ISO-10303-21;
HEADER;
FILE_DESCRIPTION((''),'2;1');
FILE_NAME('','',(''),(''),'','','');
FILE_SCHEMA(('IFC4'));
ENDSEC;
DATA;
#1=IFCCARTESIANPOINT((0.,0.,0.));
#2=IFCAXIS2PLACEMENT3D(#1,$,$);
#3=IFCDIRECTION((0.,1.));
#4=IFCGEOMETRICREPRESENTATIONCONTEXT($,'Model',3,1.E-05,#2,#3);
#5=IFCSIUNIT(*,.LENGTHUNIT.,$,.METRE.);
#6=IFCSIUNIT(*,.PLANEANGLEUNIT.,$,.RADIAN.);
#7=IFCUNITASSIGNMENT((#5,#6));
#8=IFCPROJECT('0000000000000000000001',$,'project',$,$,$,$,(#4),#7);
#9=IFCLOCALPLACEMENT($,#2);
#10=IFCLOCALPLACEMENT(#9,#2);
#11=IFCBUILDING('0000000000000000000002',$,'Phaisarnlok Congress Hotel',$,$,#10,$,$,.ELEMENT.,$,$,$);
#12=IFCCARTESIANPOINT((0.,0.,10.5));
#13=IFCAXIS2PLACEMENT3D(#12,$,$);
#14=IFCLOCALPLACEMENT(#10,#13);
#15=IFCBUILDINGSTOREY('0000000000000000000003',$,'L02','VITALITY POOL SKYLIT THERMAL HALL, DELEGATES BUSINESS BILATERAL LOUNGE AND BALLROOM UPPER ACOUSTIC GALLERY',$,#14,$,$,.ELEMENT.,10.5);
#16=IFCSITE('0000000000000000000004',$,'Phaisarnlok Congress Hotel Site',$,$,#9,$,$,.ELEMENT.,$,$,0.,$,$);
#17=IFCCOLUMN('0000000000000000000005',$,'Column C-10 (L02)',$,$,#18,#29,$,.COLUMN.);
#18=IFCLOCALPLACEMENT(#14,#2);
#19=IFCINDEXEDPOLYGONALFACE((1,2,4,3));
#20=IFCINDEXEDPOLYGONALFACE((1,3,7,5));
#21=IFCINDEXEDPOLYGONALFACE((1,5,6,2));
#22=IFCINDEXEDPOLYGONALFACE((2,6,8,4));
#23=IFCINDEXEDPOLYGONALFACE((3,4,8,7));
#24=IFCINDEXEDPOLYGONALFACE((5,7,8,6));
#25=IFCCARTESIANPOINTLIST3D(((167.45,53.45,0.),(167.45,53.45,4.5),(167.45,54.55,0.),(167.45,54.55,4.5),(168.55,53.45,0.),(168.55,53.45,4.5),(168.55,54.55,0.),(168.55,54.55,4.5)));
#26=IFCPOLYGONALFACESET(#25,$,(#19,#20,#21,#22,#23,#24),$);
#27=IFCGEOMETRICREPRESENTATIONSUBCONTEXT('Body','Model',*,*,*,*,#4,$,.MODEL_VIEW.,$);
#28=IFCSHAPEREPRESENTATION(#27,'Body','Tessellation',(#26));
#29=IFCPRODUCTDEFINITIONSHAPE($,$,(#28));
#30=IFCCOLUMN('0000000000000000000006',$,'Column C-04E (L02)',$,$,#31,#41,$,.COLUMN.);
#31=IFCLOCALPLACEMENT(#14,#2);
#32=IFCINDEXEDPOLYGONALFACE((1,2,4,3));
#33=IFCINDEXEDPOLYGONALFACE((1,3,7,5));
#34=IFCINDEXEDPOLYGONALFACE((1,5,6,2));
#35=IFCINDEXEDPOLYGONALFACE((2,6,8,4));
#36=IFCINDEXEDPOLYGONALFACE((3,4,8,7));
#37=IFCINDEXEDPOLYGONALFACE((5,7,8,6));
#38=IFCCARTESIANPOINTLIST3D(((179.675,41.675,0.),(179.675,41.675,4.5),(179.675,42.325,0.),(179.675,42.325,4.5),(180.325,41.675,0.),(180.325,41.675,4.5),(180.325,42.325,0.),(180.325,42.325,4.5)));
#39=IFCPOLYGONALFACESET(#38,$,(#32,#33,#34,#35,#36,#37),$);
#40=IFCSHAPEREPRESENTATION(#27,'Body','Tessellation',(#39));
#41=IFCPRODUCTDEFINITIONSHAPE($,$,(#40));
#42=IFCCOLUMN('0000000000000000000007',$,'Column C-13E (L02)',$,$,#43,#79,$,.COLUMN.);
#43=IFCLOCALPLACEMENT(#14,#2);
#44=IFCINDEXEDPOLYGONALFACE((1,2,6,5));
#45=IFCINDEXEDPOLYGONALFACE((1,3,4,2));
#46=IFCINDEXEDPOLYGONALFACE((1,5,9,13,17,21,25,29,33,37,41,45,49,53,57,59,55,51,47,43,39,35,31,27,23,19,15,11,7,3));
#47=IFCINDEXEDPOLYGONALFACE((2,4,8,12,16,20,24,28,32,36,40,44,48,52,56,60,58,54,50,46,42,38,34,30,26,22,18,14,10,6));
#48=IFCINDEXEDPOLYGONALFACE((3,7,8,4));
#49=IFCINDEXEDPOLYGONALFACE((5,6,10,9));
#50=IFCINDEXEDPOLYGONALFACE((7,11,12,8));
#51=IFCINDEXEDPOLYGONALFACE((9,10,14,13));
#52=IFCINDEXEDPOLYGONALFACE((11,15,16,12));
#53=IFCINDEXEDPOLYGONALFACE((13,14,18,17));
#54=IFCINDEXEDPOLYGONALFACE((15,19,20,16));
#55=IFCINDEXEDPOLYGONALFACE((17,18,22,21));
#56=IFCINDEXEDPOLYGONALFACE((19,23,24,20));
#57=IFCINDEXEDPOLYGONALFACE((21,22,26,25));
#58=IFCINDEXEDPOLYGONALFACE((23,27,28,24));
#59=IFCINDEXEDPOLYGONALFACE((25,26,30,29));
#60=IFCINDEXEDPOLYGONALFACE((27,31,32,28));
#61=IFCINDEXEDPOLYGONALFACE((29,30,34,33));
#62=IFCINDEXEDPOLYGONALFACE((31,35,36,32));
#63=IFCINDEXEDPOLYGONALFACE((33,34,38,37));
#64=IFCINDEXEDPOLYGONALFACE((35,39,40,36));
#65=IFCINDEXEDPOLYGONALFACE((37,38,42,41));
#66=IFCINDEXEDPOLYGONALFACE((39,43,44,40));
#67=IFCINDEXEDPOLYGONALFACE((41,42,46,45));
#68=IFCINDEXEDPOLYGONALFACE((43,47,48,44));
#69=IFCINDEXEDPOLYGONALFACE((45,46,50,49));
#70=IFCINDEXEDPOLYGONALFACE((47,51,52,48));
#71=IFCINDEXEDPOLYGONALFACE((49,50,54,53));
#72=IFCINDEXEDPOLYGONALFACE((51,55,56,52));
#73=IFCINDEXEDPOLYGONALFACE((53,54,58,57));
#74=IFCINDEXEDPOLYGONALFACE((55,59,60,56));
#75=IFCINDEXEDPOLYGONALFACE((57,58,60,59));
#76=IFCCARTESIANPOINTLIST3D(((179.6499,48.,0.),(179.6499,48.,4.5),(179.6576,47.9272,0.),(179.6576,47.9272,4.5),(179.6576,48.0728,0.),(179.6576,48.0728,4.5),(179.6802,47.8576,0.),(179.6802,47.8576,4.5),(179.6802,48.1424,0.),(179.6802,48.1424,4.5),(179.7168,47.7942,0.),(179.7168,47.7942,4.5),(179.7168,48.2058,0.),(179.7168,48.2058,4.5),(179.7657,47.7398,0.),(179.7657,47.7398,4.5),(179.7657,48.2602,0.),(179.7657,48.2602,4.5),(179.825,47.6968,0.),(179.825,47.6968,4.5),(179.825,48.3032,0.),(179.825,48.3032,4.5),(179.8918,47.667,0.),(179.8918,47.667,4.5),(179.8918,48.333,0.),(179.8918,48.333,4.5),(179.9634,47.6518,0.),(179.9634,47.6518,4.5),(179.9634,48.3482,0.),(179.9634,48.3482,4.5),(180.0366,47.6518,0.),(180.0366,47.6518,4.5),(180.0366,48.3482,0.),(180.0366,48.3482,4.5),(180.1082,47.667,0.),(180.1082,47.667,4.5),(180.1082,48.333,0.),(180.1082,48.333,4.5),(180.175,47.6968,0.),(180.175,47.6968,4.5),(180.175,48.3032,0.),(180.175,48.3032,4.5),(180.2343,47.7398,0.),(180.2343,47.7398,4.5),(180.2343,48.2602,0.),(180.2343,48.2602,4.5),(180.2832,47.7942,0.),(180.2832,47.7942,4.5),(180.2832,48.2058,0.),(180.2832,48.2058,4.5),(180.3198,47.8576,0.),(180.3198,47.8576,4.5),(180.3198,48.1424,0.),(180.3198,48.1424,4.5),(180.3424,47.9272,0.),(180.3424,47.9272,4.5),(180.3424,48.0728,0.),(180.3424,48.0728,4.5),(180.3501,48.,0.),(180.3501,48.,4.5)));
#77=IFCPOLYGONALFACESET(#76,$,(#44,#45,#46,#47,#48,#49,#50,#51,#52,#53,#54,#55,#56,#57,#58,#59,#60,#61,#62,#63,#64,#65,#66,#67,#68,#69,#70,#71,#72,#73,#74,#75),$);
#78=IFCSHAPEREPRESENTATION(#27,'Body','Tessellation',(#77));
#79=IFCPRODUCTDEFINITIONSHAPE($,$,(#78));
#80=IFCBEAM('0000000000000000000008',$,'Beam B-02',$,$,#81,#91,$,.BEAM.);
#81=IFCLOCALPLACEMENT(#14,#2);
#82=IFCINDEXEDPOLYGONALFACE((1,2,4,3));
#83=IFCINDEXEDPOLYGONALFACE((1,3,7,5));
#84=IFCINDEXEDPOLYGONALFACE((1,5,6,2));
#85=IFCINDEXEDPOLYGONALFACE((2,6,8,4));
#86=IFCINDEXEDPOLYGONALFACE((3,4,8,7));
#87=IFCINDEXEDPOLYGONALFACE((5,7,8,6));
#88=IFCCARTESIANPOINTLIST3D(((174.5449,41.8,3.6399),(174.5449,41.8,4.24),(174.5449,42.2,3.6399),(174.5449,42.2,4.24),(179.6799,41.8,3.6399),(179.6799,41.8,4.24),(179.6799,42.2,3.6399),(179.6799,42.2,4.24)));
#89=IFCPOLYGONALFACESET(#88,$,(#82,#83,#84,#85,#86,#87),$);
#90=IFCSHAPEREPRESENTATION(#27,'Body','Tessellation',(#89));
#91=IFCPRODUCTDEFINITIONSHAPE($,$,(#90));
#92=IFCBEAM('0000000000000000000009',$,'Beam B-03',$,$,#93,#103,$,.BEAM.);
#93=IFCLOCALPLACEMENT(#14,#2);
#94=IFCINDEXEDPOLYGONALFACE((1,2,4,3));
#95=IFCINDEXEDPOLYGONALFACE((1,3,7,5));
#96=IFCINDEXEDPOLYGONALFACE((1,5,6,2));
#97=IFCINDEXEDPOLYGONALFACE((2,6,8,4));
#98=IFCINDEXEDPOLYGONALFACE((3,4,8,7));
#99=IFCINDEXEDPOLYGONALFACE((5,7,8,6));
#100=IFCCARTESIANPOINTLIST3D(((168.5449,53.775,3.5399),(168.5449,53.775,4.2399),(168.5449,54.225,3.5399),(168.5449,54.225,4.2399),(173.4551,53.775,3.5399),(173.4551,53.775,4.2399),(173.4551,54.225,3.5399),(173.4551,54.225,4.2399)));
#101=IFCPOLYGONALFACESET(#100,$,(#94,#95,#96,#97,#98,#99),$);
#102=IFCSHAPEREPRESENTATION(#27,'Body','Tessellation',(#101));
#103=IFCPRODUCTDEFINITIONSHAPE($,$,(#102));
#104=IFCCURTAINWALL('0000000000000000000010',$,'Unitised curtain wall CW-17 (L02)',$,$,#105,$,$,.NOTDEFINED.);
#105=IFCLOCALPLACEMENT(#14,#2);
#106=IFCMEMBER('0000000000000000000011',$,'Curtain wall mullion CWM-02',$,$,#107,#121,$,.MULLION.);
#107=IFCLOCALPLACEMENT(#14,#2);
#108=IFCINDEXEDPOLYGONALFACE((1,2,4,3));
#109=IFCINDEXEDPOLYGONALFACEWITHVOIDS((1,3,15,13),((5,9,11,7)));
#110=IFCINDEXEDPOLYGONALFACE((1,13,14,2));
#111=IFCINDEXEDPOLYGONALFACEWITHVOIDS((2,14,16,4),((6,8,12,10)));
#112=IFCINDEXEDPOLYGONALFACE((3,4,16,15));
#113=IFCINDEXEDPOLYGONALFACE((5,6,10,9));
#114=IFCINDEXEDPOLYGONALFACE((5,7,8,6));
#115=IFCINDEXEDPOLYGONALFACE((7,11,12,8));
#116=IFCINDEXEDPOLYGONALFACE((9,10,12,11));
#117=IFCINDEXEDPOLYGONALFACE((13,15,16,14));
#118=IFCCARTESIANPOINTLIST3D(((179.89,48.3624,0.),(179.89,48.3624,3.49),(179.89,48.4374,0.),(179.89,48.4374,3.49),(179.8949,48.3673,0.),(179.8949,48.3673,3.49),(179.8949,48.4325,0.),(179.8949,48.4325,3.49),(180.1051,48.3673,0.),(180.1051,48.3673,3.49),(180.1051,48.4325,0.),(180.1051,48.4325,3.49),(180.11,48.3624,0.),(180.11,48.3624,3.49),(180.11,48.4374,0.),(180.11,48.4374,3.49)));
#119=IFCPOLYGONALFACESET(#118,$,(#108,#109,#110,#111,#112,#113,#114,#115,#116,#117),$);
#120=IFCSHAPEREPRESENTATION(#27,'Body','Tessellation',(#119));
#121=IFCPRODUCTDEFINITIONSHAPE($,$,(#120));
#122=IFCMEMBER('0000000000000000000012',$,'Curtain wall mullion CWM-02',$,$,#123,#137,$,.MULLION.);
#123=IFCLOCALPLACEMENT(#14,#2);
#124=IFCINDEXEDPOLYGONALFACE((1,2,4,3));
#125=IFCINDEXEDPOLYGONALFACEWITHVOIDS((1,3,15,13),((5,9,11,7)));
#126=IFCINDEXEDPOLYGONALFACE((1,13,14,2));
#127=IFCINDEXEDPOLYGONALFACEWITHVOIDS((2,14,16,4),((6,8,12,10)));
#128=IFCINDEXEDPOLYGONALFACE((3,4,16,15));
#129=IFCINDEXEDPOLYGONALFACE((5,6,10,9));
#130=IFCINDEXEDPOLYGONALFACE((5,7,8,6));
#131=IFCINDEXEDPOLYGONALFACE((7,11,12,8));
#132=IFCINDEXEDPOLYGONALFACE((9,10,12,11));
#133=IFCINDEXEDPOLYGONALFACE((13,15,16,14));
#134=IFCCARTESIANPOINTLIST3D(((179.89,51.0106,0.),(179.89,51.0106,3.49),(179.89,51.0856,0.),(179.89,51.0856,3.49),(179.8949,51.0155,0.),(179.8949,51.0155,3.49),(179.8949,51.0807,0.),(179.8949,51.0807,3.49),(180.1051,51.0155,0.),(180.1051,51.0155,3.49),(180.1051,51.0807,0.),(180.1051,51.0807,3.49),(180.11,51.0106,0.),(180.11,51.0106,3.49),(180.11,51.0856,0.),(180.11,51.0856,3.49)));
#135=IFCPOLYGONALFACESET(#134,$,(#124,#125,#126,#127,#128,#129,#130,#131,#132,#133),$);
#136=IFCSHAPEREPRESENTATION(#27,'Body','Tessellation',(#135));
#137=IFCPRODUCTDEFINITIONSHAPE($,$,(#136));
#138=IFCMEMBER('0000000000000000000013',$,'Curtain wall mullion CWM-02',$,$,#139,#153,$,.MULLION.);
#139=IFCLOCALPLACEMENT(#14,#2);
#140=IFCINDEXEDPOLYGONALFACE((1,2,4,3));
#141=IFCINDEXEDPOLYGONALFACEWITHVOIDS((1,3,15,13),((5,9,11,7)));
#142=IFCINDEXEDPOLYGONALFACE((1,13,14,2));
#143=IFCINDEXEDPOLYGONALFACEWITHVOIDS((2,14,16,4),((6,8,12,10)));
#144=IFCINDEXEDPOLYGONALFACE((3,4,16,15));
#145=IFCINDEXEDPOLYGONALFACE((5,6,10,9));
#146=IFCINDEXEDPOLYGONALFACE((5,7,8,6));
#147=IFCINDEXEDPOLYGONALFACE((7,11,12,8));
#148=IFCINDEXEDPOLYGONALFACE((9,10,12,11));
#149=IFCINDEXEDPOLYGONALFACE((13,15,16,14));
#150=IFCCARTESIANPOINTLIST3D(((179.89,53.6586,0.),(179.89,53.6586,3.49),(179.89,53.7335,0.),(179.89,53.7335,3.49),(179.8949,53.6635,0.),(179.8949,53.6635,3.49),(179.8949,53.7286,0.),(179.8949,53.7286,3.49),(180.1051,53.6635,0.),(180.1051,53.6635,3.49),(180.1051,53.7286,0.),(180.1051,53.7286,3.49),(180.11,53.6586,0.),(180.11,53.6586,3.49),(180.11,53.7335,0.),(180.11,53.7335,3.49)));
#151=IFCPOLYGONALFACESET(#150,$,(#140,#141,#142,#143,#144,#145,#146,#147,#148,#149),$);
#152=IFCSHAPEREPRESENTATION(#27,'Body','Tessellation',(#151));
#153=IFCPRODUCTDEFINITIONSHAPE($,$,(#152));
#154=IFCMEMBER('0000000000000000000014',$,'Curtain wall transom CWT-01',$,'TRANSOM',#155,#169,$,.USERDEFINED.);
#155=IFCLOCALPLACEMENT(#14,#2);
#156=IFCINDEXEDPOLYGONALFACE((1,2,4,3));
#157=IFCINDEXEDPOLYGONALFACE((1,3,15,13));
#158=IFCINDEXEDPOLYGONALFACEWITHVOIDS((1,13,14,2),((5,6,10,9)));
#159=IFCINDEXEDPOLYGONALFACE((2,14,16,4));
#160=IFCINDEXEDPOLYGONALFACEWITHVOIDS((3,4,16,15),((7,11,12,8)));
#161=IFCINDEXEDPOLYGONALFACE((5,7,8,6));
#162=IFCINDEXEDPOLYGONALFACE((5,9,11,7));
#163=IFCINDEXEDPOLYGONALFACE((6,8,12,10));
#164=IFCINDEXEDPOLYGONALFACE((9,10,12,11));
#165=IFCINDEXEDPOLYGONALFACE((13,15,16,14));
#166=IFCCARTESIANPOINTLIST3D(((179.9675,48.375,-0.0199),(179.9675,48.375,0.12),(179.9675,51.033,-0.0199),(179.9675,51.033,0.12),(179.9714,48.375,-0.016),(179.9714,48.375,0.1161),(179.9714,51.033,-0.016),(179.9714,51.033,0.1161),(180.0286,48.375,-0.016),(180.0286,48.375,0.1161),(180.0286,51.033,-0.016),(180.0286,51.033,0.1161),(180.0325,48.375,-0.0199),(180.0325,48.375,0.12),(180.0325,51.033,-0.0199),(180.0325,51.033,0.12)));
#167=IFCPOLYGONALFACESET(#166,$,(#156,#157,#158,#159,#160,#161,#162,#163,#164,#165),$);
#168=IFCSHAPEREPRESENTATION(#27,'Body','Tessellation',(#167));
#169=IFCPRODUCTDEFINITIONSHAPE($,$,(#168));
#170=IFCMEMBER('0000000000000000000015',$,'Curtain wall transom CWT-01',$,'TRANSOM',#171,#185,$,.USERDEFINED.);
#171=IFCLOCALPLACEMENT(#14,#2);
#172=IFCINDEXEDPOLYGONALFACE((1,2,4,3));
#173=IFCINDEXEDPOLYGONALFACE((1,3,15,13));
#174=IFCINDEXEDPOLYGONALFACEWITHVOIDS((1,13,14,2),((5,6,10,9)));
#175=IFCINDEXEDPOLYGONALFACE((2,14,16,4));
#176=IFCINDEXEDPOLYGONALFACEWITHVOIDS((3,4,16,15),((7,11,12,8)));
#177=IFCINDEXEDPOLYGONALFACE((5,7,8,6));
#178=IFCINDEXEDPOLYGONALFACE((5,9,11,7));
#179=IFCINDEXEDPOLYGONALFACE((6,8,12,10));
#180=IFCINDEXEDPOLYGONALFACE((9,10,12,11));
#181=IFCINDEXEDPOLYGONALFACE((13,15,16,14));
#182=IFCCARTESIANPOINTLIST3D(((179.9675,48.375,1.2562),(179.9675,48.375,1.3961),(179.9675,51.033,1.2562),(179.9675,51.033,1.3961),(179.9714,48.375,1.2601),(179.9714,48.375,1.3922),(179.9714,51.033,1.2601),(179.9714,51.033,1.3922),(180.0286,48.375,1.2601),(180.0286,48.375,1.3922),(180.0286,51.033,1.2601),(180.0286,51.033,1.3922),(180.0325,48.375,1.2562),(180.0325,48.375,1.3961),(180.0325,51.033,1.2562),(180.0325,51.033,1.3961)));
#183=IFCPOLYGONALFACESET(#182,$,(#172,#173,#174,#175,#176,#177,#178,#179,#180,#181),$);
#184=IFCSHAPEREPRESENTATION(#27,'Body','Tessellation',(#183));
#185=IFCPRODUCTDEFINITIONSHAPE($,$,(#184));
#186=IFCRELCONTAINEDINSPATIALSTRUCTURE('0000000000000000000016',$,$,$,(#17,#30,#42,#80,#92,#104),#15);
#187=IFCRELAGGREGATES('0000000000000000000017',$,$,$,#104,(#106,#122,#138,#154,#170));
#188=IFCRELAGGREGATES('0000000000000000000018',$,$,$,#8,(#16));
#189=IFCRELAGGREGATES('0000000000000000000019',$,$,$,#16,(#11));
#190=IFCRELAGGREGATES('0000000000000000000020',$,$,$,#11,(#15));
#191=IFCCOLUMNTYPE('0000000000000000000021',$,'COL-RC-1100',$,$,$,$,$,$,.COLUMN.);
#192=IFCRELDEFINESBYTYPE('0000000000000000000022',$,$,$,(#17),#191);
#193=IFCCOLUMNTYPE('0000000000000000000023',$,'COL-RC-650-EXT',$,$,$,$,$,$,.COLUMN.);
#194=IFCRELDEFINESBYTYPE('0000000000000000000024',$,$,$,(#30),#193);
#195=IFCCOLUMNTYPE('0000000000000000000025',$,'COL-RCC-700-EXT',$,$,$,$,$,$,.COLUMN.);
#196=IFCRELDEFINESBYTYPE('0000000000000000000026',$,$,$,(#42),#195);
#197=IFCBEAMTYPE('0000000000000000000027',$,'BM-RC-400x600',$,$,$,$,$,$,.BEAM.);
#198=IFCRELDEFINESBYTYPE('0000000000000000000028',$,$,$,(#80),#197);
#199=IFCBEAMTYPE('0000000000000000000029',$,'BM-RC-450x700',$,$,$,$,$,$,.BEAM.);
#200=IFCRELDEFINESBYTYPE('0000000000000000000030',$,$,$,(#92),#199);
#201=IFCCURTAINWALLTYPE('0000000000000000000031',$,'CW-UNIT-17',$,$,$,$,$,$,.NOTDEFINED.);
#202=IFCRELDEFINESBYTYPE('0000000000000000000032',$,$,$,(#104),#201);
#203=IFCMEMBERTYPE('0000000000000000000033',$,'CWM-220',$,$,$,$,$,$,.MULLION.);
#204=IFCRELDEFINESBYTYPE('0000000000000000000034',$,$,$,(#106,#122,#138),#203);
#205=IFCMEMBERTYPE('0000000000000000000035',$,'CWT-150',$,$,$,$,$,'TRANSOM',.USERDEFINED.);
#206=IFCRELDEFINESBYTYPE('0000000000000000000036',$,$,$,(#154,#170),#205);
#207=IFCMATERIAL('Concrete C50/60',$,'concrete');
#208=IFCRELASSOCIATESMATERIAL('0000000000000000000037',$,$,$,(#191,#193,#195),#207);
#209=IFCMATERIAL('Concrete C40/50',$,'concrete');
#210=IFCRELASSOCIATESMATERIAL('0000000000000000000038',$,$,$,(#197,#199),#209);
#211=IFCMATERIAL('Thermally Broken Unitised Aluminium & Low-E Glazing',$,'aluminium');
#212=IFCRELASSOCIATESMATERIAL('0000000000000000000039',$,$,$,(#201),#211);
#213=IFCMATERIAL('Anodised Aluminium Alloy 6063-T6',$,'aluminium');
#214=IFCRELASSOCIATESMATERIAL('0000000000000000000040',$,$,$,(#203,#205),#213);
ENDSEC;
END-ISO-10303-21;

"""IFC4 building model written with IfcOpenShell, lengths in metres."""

from ifc_helpers import new_model, si_unit, direction, frame, origin, origin_2d, place, context, subcontext, project, spatial, rectangle, hollow_rectangle, circle, extrude, material, material_profile, profile_set, type_object, element, aggregate, save


model = new_model("IFC4")

# Units and contexts
model_context = context("Model", 3, precision=1e-05, world=origin(), true_north=direction((0.0, 1.0)))
body_context = subcontext(model_context, "Body", "Model", "MODEL_VIEW")
ifc_project = project(units=[si_unit("LENGTHUNIT", "METRE"), si_unit("PLANEANGLEUNIT", "RADIAN")], contexts=[model_context])

# Site, building, storey
site_placement = place(None, origin())
site = spatial("IfcSite", under=ifc_project, at=site_placement, Name="Phaisarnlok Congress Hotel Site", CompositionType="ELEMENT", RefElevation=0.0)
building_placement = place(site_placement, origin())
building = spatial("IfcBuilding", under=site, at=building_placement, Name="Phaisarnlok Congress Hotel", CompositionType="ELEMENT")
storey_placement = place(building_placement, frame((0.0, 0.0, 10.5)))
storey = spatial("IfcBuildingStorey", under=building, at=storey_placement, Name="L02", Description="VITALITY POOL SKYLIT THERMAL HALL, DELEGATES BUSINESS BILATERAL LOUNGE AND BALLROOM UPPER ACOUSTIC GALLERY", CompositionType="ELEMENT", Elevation=10.5)

# Columns
ifc_material_1 = material(Name="Concrete C50/60", Category="concrete")
ifc_material_profile_1 = material_profile(ifc_material_1, rectangle(XDim=1.1001, YDim=1.1001, at=origin_2d()), Name="RC 1100x1100")
ifc_profile_set_1 = profile_set([ifc_material_profile_1], Name="Concrete C50/60")
column_type_1 = type_object("IfcColumnType", Name="COL-RC-1100", PredefinedType="COLUMN", material=ifc_profile_set_1)
column_1_placement = place(storey_placement, frame((168.0, 54.0, 0.0), z_axis=(0.0, 0.0, 1.0), x_axis=(1.0, 0.0, 0.0)))
element("IfcColumn", 1, at=column_1_placement, inside=storey, type_object=column_type_1, Name="Column C-10 (L02)", PredefinedType="COLUMN", context=body_context, shape_type="SweptSolid", body=[
    extrude(rectangle(XDim=1.1001, YDim=1.1001, at=origin_2d()), origin(), (0.0, 0.0, 1.0), 4.5),
])
ifc_material_profile_2 = material_profile(ifc_material_1, rectangle(XDim=0.6499, YDim=0.6499, at=origin_2d()), Name="RC 650x650")
ifc_profile_set_2 = profile_set([ifc_material_profile_2], Name="Concrete C50/60")
column_type_2 = type_object("IfcColumnType", Name="COL-RC-650-EXT", PredefinedType="COLUMN", material=ifc_profile_set_2)
column_2_placement = place(storey_placement, frame((180.0, 42.0, 0.0), z_axis=(0.0, 0.0, 1.0), x_axis=(1.0, 0.0, 0.0)))
element("IfcColumn", 2, at=column_2_placement, inside=storey, type_object=column_type_2, Name="Column C-04E (L02)", PredefinedType="COLUMN", context=body_context, shape_type="SweptSolid", body=[
    extrude(rectangle(XDim=0.6499, YDim=0.6499, at=origin_2d()), origin(), (0.0, 0.0, 1.0), 4.5),
])
ifc_material_profile_3 = material_profile(ifc_material_1, circle(Radius=0.3501, at=origin_2d()), Name="RCC D700")
ifc_profile_set_3 = profile_set([ifc_material_profile_3], Name="Concrete C50/60")
column_type_3 = type_object("IfcColumnType", Name="COL-RCC-700-EXT", PredefinedType="COLUMN", material=ifc_profile_set_3)
column_3_placement = place(storey_placement, frame((180.0, 48.0, 0.0), z_axis=(0.0, 0.0, 1.0), x_axis=(1.0, 0.0, 0.0)))
element("IfcColumn", 3, at=column_3_placement, inside=storey, type_object=column_type_3, Name="Column C-13E (L02)", PredefinedType="COLUMN", context=body_context, shape_type="SweptSolid", body=[
    extrude(circle(Radius=0.3501, at=origin_2d()), origin(), (0.0, 0.0, 1.0), 4.5),
])

# Beams
ifc_material_2 = material(Name="Concrete C40/50", Category="concrete")
ifc_material_profile_4 = material_profile(ifc_material_2, rectangle(XDim=0.3999, YDim=0.6001, at=origin_2d()), Name="RC 400x600")
ifc_profile_set_4 = profile_set([ifc_material_profile_4], Name="Concrete C40/50")
beam_type_1 = type_object("IfcBeamType", Name="BM-RC-400x600", PredefinedType="BEAM", material=ifc_profile_set_4)
beam_1_placement = place(storey_placement, frame((174.5449, 42.0, 3.9399), z_axis=(1.0, 0.0, 0.0), x_axis=(0.0, 1.0, 0.0)))
element("IfcBeam", 4, at=beam_1_placement, inside=storey, type_object=beam_type_1, Name="Beam B-02", PredefinedType="BEAM", context=body_context, shape_type="SweptSolid", body=[
    extrude(rectangle(XDim=0.3999, YDim=0.6001, at=origin_2d()), origin(), (0.0, 0.0, 1.0), 5.135),
])
ifc_material_profile_5 = material_profile(ifc_material_2, rectangle(XDim=0.45, YDim=0.7, at=origin_2d()), Name="RC 450x700")
ifc_profile_set_5 = profile_set([ifc_material_profile_5], Name="Concrete C40/50")
beam_type_2 = type_object("IfcBeamType", Name="BM-RC-450x700", PredefinedType="BEAM", material=ifc_profile_set_5)
beam_2_placement = place(storey_placement, frame((168.5449, 54.0, 3.8899), z_axis=(1.0, 0.0, 0.0), x_axis=(0.0, 1.0, 0.0)))
element("IfcBeam", 5, at=beam_2_placement, inside=storey, type_object=beam_type_2, Name="Beam B-03", PredefinedType="BEAM", context=body_context, shape_type="SweptSolid", body=[
    extrude(rectangle(XDim=0.45, YDim=0.7, at=origin_2d()), origin(), (0.0, 0.0, 1.0), 4.9102),
])

# Curtain wall, members
ifc_material_3 = material(Name="Thermally Broken Unitised Aluminium & Low-E Glazing", Category="aluminium")
curtain_wall_type = type_object("IfcCurtainWallType", Name="CW-UNIT-17", PredefinedType="NOTDEFINED", material=ifc_material_3)
curtain_wall_placement = place(storey_placement, origin())
curtain_wall = element("IfcCurtainWall", 6, at=curtain_wall_placement, inside=storey, type_object=curtain_wall_type, Name="Unitised curtain wall CW-17 (L02)", PredefinedType="NOTDEFINED")
ifc_material_4 = material(Name="Anodised Aluminium Alloy 6063-T6", Category="aluminium")
ifc_material_profile_6 = material_profile(ifc_material_4, hollow_rectangle(XDim=0.075, YDim=0.22, WallThickness=0.0049, at=origin_2d()), Name="ALU-M 75x220x5")
ifc_profile_set_6 = profile_set([ifc_material_profile_6], Name="Anodised Aluminium Alloy 6063-T6")
member_type_1 = type_object("IfcMemberType", Name="CWM-220", PredefinedType="MULLION", material=ifc_profile_set_6)
member_1_placement = place(storey_placement, frame((180.0, 48.3999, 0.0), z_axis=(0.0, 0.0, 1.0), x_axis=(0.0, 1.0, 0.0)))
member_1 = element("IfcMember", 7, at=member_1_placement, type_object=member_type_1, Name="Curtain wall mullion CWM-02", PredefinedType="MULLION", context=body_context, shape_type="SweptSolid", body=[
    extrude(hollow_rectangle(XDim=0.075, YDim=0.22, WallThickness=0.0049, at=origin_2d()), origin(), (0.0, 0.0, 1.0), 3.49),
])
member_2_placement = place(storey_placement, frame((180.0, 51.0481, 0.0), z_axis=(0.0, 0.0, 1.0), x_axis=(0.0, 1.0, 0.0)))
member_2 = element("IfcMember", 8, at=member_2_placement, type_object=member_type_1, Name="Curtain wall mullion CWM-02", PredefinedType="MULLION", context=body_context, shape_type="SweptSolid", body=[
    extrude(hollow_rectangle(XDim=0.075, YDim=0.22, WallThickness=0.0049, at=origin_2d()), origin(), (0.0, 0.0, 1.0), 3.49),
])
member_3_placement = place(storey_placement, frame((180.0, 53.696, 0.0), z_axis=(0.0, 0.0, 1.0), x_axis=(0.0, 1.0, 0.0)))
member_3 = element("IfcMember", 9, at=member_3_placement, type_object=member_type_1, Name="Curtain wall mullion CWM-02", PredefinedType="MULLION", context=body_context, shape_type="SweptSolid", body=[
    extrude(hollow_rectangle(XDim=0.075, YDim=0.22, WallThickness=0.0049, at=origin_2d()), origin(), (0.0, 0.0, 1.0), 3.49),
])
ifc_material_profile_7 = material_profile(ifc_material_4, hollow_rectangle(XDim=0.0649, YDim=0.1399, WallThickness=0.0039, at=origin_2d()), Name="ALU-T 65x140x4")
ifc_profile_set_7 = profile_set([ifc_material_profile_7], Name="Anodised Aluminium Alloy 6063-T6")
member_type_2 = type_object("IfcMemberType", Name="CWT-150", ElementType="TRANSOM", PredefinedType="USERDEFINED", material=ifc_profile_set_7)
member_4_placement = place(storey_placement, frame((180.0, 48.375, 0.05), z_axis=(0.0, 1.0, 0.0), x_axis=(-1.0, 0.0, 0.0)))
member_4 = element("IfcMember", 10, at=member_4_placement, type_object=member_type_2, Name="Curtain wall transom CWT-01", ObjectType="TRANSOM", PredefinedType="USERDEFINED", context=body_context, shape_type="SweptSolid", body=[
    extrude(hollow_rectangle(XDim=0.0649, YDim=0.1399, WallThickness=0.0039, at=origin_2d()), origin(), (0.0, 0.0, 1.0), 2.658),
])
member_5_placement = place(storey_placement, frame((180.0, 48.375, 1.3262), z_axis=(0.0, 1.0, 0.0), x_axis=(-1.0, 0.0, 0.0)))
member_5 = element("IfcMember", 11, at=member_5_placement, type_object=member_type_2, Name="Curtain wall transom CWT-01", ObjectType="TRANSOM", PredefinedType="USERDEFINED", context=body_context, shape_type="SweptSolid", body=[
    extrude(hollow_rectangle(XDim=0.0649, YDim=0.1399, WallThickness=0.0039, at=origin_2d()), origin(), (0.0, 0.0, 1.0), 2.658),
])

aggregate(curtain_wall, [member_1, member_2, member_3, member_4, member_5])

save(model, "model.ifc")
